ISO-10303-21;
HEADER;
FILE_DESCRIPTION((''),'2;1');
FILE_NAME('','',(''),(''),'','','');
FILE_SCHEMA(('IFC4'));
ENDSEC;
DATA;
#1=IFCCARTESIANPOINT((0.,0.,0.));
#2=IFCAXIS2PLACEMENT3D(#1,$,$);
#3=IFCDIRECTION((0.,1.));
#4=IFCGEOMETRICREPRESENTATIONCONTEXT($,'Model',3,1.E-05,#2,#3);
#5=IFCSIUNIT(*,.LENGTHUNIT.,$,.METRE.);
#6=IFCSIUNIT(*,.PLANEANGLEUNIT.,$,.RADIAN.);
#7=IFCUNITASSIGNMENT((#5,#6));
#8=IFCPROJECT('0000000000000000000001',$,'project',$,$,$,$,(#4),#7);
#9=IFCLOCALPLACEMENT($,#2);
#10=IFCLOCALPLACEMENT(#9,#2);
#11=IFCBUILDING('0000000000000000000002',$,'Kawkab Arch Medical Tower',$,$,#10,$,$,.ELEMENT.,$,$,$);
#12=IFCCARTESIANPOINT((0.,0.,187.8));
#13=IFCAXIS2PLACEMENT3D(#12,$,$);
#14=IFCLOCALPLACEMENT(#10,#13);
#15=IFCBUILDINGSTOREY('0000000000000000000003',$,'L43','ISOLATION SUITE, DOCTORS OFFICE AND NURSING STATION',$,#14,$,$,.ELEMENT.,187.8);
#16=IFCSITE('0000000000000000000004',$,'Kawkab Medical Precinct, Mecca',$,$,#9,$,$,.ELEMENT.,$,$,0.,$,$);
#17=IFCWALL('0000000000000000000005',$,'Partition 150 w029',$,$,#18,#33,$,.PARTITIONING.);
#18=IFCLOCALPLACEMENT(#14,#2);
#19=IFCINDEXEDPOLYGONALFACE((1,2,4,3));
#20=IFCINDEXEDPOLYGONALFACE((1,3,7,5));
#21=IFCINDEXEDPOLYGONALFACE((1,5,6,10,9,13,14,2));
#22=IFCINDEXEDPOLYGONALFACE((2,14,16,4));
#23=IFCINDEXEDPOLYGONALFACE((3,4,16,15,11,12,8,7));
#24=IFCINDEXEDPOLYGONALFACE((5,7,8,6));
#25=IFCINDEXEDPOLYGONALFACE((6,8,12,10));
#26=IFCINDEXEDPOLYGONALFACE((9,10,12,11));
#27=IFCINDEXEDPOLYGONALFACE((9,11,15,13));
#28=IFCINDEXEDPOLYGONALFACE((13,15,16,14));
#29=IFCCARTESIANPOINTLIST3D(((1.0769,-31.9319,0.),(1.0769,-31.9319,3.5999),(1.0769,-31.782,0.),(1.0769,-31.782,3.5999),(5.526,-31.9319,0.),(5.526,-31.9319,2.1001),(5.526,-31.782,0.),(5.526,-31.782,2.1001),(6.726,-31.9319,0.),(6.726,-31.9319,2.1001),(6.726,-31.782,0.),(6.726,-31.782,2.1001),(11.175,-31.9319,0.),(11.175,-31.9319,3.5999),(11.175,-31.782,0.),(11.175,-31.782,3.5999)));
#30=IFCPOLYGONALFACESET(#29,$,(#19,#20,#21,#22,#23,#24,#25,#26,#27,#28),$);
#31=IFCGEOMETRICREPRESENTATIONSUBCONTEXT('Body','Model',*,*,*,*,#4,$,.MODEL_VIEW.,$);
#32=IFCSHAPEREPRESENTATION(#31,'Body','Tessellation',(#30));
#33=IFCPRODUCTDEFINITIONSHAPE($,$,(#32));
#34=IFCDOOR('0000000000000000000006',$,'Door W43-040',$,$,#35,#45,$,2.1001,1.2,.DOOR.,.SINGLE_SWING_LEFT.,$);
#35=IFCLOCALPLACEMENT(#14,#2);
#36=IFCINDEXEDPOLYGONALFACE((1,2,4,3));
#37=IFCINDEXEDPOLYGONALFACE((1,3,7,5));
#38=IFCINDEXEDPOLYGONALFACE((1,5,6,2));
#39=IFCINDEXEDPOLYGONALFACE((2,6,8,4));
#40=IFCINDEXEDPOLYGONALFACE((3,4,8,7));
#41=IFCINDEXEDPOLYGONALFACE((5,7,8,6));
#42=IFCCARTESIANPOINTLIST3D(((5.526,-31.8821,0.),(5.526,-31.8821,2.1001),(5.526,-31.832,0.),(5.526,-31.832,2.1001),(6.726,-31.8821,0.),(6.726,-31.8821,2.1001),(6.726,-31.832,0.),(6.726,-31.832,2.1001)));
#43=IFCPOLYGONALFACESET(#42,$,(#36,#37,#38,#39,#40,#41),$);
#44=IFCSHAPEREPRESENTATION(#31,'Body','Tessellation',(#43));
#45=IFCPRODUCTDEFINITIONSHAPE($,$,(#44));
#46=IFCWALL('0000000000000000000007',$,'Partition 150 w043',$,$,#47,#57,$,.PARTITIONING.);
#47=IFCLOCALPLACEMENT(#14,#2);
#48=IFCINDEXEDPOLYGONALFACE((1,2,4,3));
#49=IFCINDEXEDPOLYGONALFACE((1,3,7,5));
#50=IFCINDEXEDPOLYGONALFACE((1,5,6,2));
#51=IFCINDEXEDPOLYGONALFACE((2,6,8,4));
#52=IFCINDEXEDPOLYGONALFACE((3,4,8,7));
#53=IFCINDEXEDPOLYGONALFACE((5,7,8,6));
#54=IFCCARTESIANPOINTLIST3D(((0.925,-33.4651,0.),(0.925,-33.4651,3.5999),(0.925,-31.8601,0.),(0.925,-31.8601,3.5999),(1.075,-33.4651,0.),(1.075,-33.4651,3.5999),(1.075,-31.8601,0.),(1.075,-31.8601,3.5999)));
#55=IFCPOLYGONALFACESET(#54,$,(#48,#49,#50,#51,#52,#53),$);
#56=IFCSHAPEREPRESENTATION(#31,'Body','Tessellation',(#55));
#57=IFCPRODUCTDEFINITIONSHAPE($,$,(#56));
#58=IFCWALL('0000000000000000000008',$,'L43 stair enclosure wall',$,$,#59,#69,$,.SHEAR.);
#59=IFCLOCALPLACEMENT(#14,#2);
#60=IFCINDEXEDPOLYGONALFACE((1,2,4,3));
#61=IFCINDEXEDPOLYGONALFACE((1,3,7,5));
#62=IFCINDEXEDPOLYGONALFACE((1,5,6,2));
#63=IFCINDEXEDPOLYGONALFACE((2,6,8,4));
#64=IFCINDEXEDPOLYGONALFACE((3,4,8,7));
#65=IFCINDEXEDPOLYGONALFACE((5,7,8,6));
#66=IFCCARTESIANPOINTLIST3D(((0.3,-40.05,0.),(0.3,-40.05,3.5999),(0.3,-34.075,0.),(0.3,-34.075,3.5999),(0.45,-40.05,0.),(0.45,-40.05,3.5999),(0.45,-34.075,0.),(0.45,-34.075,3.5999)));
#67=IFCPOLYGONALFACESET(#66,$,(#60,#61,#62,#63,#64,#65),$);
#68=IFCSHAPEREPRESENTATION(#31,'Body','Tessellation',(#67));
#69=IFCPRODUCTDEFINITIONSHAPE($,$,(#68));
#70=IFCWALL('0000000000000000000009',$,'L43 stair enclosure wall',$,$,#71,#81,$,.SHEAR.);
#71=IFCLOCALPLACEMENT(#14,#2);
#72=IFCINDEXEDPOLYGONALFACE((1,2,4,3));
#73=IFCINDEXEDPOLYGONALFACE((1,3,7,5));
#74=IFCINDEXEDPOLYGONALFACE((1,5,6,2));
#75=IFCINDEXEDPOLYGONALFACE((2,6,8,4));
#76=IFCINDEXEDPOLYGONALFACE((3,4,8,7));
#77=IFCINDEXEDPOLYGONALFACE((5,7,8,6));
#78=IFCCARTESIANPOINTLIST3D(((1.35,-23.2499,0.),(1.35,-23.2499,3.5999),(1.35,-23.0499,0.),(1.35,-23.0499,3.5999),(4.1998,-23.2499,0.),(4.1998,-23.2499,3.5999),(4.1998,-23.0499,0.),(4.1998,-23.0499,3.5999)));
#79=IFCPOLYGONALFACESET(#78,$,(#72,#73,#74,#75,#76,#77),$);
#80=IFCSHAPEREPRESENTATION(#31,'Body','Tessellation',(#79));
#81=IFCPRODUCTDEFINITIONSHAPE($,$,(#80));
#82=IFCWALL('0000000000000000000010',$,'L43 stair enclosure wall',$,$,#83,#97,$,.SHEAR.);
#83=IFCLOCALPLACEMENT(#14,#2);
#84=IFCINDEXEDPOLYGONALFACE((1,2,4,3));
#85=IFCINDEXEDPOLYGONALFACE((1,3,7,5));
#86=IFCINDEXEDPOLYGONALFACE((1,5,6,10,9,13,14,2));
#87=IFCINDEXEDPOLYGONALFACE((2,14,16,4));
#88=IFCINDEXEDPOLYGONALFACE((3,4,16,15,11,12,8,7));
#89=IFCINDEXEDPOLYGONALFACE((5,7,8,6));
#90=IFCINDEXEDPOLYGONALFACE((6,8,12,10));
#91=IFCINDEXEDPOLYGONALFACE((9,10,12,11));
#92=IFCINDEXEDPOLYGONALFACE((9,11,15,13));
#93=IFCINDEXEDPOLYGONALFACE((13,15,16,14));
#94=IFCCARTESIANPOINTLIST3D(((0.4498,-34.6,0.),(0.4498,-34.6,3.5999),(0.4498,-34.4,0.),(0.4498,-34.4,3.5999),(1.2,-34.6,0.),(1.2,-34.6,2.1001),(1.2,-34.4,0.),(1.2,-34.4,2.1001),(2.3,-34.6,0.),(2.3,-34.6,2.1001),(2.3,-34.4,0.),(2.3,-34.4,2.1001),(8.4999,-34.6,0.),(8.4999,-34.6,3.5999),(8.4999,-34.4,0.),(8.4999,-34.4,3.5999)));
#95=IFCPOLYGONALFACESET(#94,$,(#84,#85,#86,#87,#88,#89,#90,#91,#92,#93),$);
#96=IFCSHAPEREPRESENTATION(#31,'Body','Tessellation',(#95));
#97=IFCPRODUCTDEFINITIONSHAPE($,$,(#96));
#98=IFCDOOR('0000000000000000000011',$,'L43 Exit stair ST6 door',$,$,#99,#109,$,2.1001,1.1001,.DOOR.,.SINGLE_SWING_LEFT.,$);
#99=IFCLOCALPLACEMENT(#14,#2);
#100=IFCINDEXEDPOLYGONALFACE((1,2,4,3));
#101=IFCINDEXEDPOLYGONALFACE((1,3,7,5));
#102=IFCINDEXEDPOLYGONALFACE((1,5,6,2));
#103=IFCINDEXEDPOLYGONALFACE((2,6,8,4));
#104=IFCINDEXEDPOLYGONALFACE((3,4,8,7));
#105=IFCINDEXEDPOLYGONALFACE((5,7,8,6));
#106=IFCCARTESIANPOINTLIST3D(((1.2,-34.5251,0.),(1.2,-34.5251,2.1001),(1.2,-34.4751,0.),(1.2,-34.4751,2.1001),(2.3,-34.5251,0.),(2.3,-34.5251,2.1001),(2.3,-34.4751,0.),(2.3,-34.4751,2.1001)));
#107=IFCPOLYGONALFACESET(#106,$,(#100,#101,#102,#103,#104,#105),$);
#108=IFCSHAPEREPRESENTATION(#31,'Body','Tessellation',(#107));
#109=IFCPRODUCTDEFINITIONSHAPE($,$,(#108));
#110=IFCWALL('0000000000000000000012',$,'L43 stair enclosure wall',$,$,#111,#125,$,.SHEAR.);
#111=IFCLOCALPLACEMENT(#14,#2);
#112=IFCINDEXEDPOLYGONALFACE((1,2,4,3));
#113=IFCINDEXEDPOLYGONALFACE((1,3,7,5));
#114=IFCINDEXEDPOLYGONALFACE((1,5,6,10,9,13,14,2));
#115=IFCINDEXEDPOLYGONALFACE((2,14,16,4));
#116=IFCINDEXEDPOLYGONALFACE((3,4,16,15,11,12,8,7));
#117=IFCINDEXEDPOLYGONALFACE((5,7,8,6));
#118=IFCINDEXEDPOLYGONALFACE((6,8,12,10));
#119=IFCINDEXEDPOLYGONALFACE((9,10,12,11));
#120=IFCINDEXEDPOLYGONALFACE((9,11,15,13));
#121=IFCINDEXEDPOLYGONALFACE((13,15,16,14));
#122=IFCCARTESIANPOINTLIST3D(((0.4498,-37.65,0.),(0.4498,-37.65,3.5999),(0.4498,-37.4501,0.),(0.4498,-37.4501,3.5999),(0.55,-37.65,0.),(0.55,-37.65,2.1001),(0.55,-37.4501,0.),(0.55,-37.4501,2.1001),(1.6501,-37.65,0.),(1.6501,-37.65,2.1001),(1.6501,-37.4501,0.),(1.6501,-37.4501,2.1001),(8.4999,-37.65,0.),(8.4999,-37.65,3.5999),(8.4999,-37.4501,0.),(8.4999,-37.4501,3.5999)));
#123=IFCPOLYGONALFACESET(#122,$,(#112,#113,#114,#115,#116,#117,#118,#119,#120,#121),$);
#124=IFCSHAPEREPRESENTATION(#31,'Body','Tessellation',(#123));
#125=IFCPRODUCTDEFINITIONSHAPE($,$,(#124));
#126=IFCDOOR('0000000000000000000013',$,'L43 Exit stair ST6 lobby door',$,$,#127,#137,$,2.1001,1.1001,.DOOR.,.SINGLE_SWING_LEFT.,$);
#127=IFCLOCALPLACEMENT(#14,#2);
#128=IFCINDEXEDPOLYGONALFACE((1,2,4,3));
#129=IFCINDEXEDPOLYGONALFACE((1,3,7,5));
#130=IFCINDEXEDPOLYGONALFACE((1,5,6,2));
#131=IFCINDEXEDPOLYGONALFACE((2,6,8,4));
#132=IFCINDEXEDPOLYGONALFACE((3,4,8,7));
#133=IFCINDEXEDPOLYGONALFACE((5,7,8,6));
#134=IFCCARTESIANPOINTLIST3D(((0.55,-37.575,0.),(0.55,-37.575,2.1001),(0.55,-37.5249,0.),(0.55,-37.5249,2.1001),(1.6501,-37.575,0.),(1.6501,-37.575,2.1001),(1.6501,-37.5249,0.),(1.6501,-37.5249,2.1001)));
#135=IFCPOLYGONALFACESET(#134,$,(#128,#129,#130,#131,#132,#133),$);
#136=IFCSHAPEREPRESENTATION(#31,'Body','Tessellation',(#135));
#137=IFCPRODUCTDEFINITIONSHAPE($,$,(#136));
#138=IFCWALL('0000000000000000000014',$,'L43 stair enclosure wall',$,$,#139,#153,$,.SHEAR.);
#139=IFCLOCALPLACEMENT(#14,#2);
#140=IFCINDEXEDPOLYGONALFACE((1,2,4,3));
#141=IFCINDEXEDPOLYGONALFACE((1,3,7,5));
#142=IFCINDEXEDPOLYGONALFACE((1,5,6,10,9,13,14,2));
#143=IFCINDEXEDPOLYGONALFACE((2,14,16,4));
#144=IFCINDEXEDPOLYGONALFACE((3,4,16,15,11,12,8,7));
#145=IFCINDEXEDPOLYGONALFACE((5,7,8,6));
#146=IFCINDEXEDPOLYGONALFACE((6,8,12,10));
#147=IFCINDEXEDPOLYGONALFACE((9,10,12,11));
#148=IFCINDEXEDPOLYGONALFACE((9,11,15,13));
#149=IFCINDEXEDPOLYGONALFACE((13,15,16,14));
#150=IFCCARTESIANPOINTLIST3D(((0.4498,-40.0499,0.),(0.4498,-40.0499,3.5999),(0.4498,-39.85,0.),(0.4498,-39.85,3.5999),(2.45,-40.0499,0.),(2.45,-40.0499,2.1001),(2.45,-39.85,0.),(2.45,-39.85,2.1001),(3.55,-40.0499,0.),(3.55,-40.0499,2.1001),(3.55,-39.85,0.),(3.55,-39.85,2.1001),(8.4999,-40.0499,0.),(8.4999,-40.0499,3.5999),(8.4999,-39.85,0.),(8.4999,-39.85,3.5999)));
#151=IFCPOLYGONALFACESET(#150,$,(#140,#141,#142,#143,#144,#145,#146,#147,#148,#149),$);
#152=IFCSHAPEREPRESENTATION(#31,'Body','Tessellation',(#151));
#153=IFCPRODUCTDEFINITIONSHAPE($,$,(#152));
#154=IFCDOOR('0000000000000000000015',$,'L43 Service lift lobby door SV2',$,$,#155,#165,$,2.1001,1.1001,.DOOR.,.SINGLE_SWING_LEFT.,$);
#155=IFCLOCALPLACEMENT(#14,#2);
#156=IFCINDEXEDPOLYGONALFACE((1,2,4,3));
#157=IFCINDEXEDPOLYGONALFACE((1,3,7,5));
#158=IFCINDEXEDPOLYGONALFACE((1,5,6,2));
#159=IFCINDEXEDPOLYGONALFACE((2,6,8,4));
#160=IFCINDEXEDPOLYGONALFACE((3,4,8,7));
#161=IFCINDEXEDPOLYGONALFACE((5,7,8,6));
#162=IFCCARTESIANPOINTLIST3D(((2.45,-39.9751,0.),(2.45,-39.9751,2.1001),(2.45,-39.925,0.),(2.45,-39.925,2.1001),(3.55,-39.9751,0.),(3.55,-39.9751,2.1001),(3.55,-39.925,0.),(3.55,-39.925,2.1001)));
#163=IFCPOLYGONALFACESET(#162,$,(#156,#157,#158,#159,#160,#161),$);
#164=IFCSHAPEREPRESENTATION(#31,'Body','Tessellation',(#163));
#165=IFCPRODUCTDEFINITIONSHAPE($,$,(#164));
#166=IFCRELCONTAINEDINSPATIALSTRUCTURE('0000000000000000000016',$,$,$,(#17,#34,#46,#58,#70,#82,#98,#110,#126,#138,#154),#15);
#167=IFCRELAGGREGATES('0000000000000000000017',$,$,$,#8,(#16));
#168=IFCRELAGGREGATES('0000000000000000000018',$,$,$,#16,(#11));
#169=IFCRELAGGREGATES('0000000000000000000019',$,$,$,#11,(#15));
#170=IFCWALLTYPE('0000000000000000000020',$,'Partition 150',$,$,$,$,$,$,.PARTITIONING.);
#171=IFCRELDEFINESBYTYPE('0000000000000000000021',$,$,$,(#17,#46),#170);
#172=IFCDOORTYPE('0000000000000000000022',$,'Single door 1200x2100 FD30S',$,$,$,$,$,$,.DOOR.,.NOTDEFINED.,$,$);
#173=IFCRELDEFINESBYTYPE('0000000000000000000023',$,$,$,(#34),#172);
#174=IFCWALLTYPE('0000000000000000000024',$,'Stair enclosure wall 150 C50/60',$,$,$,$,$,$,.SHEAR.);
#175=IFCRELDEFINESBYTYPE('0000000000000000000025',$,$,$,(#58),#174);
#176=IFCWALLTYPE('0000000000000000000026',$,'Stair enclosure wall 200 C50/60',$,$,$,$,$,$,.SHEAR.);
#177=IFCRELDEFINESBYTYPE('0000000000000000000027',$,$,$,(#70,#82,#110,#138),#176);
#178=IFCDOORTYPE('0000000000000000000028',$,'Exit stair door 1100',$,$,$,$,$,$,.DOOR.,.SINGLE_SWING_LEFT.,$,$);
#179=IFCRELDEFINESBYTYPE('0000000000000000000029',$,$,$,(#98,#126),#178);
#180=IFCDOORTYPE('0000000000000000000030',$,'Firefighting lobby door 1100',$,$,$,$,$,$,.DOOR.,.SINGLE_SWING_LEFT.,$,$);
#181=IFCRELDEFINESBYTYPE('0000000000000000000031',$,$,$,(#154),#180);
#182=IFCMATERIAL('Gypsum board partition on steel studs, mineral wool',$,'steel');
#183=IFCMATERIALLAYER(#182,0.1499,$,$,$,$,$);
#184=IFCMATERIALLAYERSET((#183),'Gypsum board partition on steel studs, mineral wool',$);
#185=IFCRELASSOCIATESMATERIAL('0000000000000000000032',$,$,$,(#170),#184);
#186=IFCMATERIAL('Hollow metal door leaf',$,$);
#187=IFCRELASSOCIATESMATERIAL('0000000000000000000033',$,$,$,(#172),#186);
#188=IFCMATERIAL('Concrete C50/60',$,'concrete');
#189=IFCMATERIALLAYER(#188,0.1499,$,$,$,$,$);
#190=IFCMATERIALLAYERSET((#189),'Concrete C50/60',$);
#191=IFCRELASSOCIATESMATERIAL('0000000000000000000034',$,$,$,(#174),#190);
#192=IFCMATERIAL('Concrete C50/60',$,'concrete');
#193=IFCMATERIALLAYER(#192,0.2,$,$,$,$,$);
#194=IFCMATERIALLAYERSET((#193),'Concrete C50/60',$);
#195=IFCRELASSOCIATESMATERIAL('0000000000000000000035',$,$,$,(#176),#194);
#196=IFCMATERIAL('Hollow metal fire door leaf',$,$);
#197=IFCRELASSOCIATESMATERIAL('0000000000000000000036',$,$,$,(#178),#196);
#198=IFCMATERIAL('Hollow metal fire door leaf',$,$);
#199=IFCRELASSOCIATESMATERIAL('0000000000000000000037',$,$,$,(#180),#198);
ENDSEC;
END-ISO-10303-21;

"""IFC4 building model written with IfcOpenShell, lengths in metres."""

from ifc_helpers import new_model, si_unit, direction, frame, frame_2d, origin, place, context, subcontext, project, spatial, rectangle, extrude, material, layer, layer_set, type_object, element, fill, save


model = new_model("IFC4")

# Units and contexts
model_context = context("Model", 3, precision=1e-05, world=origin(), true_north=direction((0.0, 1.0)))
body_context = subcontext(model_context, "Body", "Model", "MODEL_VIEW")
ifc_project = project(units=[si_unit("LENGTHUNIT", "METRE"), si_unit("PLANEANGLEUNIT", "RADIAN")], contexts=[model_context])

# Site, building, storey
site_placement = place(None, origin())
site = spatial("IfcSite", under=ifc_project, at=site_placement, Name="Kawkab Medical Precinct, Mecca", CompositionType="ELEMENT", RefElevation=0.0)
building_placement = place(site_placement, origin())
building = spatial("IfcBuilding", under=site, at=building_placement, Name="Kawkab Arch Medical Tower", CompositionType="ELEMENT")
storey_placement = place(building_placement, frame((0.0, 0.0, 187.8)))
storey = spatial("IfcBuildingStorey", under=building, at=storey_placement, Name="L43", Description="ISOLATION SUITE, DOCTORS OFFICE AND NURSING STATION", CompositionType="ELEMENT", Elevation=187.8)

# Shared definitions
ifc_material_1 = material(Name="Gypsum board partition on steel studs, mineral wool", Category="steel")
ifc_layer_1 = layer(ifc_material_1, 0.1499)
ifc_layer_set_1 = layer_set([ifc_layer_1], Name="Gypsum board partition on steel studs, mineral wool")
wall_type_1 = type_object("IfcWallType", Name="Partition 150", PredefinedType="PARTITIONING", material=ifc_layer_set_1)

# Wall, opening, door
wall_1_placement = place(storey_placement, frame((1.0769, -31.8569, 0.0), z_axis=(0.0, 0.0, 1.0), x_axis=(1.0, 0.0, 0.0)))
wall_1 = element("IfcWall", 1, at=wall_1_placement, inside=storey, type_object=wall_type_1, Name="Partition 150 w029", PredefinedType="PARTITIONING", context=body_context, shape_type="SweptSolid", body=[
    extrude(rectangle(XDim=10.0981, YDim=0.1499, at=frame_2d((5.0491, 0.0))), origin(), (0.0, 0.0, 1.0), 3.5999),
])
opening_1_placement = place(wall_1_placement, frame((4.449, 0.0, 0.0)))
opening_1 = element("IfcOpeningElement", 2, at=opening_1_placement, cuts=wall_1, PredefinedType="OPENING", context=body_context, shape_type="SweptSolid", body=[
    extrude(rectangle(XDim=1.2, YDim=2.1001, at=frame_2d((0.6001, 1.05))), frame((0.0, 0.085, 0.0), z_axis=(0.0, -1.0, 0.0), x_axis=(1.0, 0.0, 0.0)), (0.0, 0.0, 1.0), 0.1699),
])
ifc_material_2 = material(Name="Hollow metal door leaf")
door_type_1 = type_object("IfcDoorType", Name="Single door 1200x2100 FD30S", OperationType="NOTDEFINED", PredefinedType="DOOR", material=ifc_material_2)
door_1_placement = place(opening_1_placement, origin())
door_1 = element("IfcDoor", 3, at=door_1_placement, inside=storey, type_object=door_type_1, Name="Door W43-040", OperationType="SINGLE_SWING_LEFT", OverallHeight=2.1001, OverallWidth=1.2, PredefinedType="DOOR", context=body_context, shape_type="SweptSolid", body=[
    extrude(rectangle(XDim=1.2, YDim=2.1001, at=frame_2d((0.6001, 1.05))), frame((0.0, 0.0249, 0.0), z_axis=(0.0, -1.0, 0.0), x_axis=(1.0, 0.0, 0.0)), (0.0, 0.0, 1.0), 0.05),
])
fill(opening_1, door_1)

# Walls
wall_2_placement = place(storey_placement, frame((1.0, -33.4651, 0.0), z_axis=(0.0, 0.0, 1.0), x_axis=(0.0, 1.0, 0.0)))
element("IfcWall", 4, at=wall_2_placement, inside=storey, type_object=wall_type_1, Name="Partition 150 w043", PredefinedType="PARTITIONING", context=body_context, shape_type="SweptSolid", body=[
    extrude(rectangle(XDim=1.605, YDim=0.1499, at=frame_2d((0.8025, 0.0))), origin(), (0.0, 0.0, 1.0), 3.5999),
])
ifc_material_3 = material(Name="Concrete C50/60", Category="concrete")
ifc_layer_2 = layer(ifc_material_3, 0.1499)
ifc_layer_set_2 = layer_set([ifc_layer_2], Name="Concrete C50/60")
wall_type_2 = type_object("IfcWallType", Name="Stair enclosure wall 150 C50/60", PredefinedType="SHEAR", material=ifc_layer_set_2)
wall_3_placement = place(storey_placement, frame((0.375, -40.05, 0.0), z_axis=(0.0, 0.0, 1.0), x_axis=(0.0, 1.0, 0.0)))
element("IfcWall", 5, at=wall_3_placement, inside=storey, type_object=wall_type_2, Name="L43 stair enclosure wall", PredefinedType="SHEAR", context=body_context, shape_type="SweptSolid", body=[
    extrude(rectangle(XDim=5.9751, YDim=0.1499, at=frame_2d((2.9875, 0.0))), origin(), (0.0, 0.0, 1.0), 3.5999),
])
ifc_material_4 = material(Name="Concrete C50/60", Category="concrete")
ifc_layer_3 = layer(ifc_material_4, 0.2)
ifc_layer_set_3 = layer_set([ifc_layer_3], Name="Concrete C50/60")
wall_type_3 = type_object("IfcWallType", Name="Stair enclosure wall 200 C50/60", PredefinedType="SHEAR", material=ifc_layer_set_3)
wall_4_placement = place(storey_placement, frame((1.3501, -23.1499, 0.0), z_axis=(0.0, 0.0, 1.0), x_axis=(1.0, 0.0, 0.0)))
element("IfcWall", 6, at=wall_4_placement, inside=storey, type_object=wall_type_3, Name="L43 stair enclosure wall", PredefinedType="SHEAR", context=body_context, shape_type="SweptSolid", body=[
    extrude(rectangle(XDim=2.8499, YDim=0.2, at=frame_2d((1.4248, 0.0))), origin(), (0.0, 0.0, 1.0), 3.5999),
])

# Walls, openings, doors
wall_5_placement = place(storey_placement, frame((0.45, -34.5, 0.0), z_axis=(0.0, 0.0, 1.0), x_axis=(1.0, 0.0, 0.0)))
wall_5 = element("IfcWall", 7, at=wall_5_placement, inside=storey, type_object=wall_type_3, Name="L43 stair enclosure wall", PredefinedType="SHEAR", context=body_context, shape_type="SweptSolid", body=[
    extrude(rectangle(XDim=8.05, YDim=0.2, at=frame_2d((4.0249, 0.0))), origin(), (0.0, 0.0, 1.0), 3.5999),
])
opening_2_placement = place(wall_5_placement, frame((0.75, 0.0, 0.0)))
opening_2 = element("IfcOpeningElement", 8, at=opening_2_placement, cuts=wall_5, PredefinedType="OPENING", context=body_context, shape_type="SweptSolid", body=[
    extrude(rectangle(XDim=1.1001, YDim=2.1001, at=frame_2d((0.55, 1.05))), frame((0.0, 0.1099, 0.0), z_axis=(0.0, -1.0, 0.0), x_axis=(1.0, 0.0, 0.0)), (0.0, 0.0, 1.0), 0.22),
])
ifc_material_5 = material(Name="Hollow metal fire door leaf")
door_type_2 = type_object("IfcDoorType", Name="Exit stair door 1100", OperationType="SINGLE_SWING_LEFT", PredefinedType="DOOR", material=ifc_material_5)
door_2_placement = place(opening_2_placement, origin())
door_2 = element("IfcDoor", 9, at=door_2_placement, inside=storey, type_object=door_type_2, Name="L43 Exit stair ST6 door", OperationType="SINGLE_SWING_LEFT", OverallHeight=2.1001, OverallWidth=1.1001, PredefinedType="DOOR", context=body_context, shape_type="SweptSolid", body=[
    extrude(rectangle(XDim=1.1001, YDim=2.1001, at=frame_2d((0.55, 1.05))), frame((0.0, 0.0249, 0.0), z_axis=(0.0, -1.0, 0.0), x_axis=(1.0, 0.0, 0.0)), (0.0, 0.0, 1.0), 0.05),
])
fill(opening_2, door_2)
wall_6_placement = place(storey_placement, frame((0.45, -37.55, 0.0), z_axis=(0.0, 0.0, 1.0), x_axis=(1.0, 0.0, 0.0)))
wall_6 = element("IfcWall", 10, at=wall_6_placement, inside=storey, type_object=wall_type_3, Name="L43 stair enclosure wall", PredefinedType="SHEAR", context=body_context, shape_type="SweptSolid", body=[
    extrude(rectangle(XDim=8.05, YDim=0.2, at=frame_2d((4.0249, 0.0))), origin(), (0.0, 0.0, 1.0), 3.5999),
])
opening_3_placement = place(wall_6_placement, frame((0.1001, 0.0, 0.0)))
opening_3 = element("IfcOpeningElement", 11, at=opening_3_placement, cuts=wall_6, PredefinedType="OPENING", context=body_context, shape_type="SweptSolid", body=[
    extrude(rectangle(XDim=1.1001, YDim=2.1001, at=frame_2d((0.55, 1.05))), frame((0.0, 0.1099, 0.0), z_axis=(0.0, -1.0, 0.0), x_axis=(1.0, 0.0, 0.0)), (0.0, 0.0, 1.0), 0.22),
])
door_3_placement = place(opening_3_placement, frame((1.1001, 0.0, 0.0), z_axis=(0.0, 0.0, 1.0), x_axis=(-1.0, 0.0, 0.0)))
door_3 = element("IfcDoor", 12, at=door_3_placement, inside=storey, type_object=door_type_2, Name="L43 Exit stair ST6 lobby door", OperationType="SINGLE_SWING_LEFT", OverallHeight=2.1001, OverallWidth=1.1001, PredefinedType="DOOR", context=body_context, shape_type="SweptSolid", body=[
    extrude(rectangle(XDim=1.1001, YDim=2.1001, at=frame_2d((0.55, 1.05))), frame((0.0, 0.0249, 0.0), z_axis=(0.0, -1.0, 0.0), x_axis=(1.0, 0.0, 0.0)), (0.0, 0.0, 1.0), 0.05),
])
fill(opening_3, door_3)
wall_7_placement = place(storey_placement, frame((0.45, -39.95, 0.0), z_axis=(0.0, 0.0, 1.0), x_axis=(1.0, 0.0, 0.0)))
wall_7 = element("IfcWall", 13, at=wall_7_placement, inside=storey, type_object=wall_type_3, Name="L43 stair enclosure wall", PredefinedType="SHEAR", context=body_context, shape_type="SweptSolid", body=[
    extrude(rectangle(XDim=8.05, YDim=0.2, at=frame_2d((4.0249, 0.0))), origin(), (0.0, 0.0, 1.0), 3.5999),
])
opening_4_placement = place(wall_7_placement, frame((2.0, 0.0, 0.0)))
opening_4 = element("IfcOpeningElement", 14, at=opening_4_placement, cuts=wall_7, PredefinedType="OPENING", context=body_context, shape_type="SweptSolid", body=[
    extrude(rectangle(XDim=1.1001, YDim=2.1001, at=frame_2d((0.55, 1.05))), frame((0.0, 0.1099, 0.0), z_axis=(0.0, -1.0, 0.0), x_axis=(1.0, 0.0, 0.0)), (0.0, 0.0, 1.0), 0.22),
])
ifc_material_6 = material(Name="Hollow metal fire door leaf")
door_type_3 = type_object("IfcDoorType", Name="Firefighting lobby door 1100", OperationType="SINGLE_SWING_LEFT", PredefinedType="DOOR", material=ifc_material_6)
door_4_placement = place(opening_4_placement, origin())
door_4 = element("IfcDoor", 15, at=door_4_placement, inside=storey, type_object=door_type_3, Name="L43 Service lift lobby door SV2", OperationType="SINGLE_SWING_LEFT", OverallHeight=2.1001, OverallWidth=1.1001, PredefinedType="DOOR", context=body_context, shape_type="SweptSolid", body=[
    extrude(rectangle(XDim=1.1001, YDim=2.1001, at=frame_2d((0.55, 1.05))), frame((0.0, 0.0249, 0.0), z_axis=(0.0, -1.0, 0.0), x_axis=(1.0, 0.0, 0.0)), (0.0, 0.0, 1.0), 0.05),
])
fill(opening_4, door_4)

save(model, "model.ifc")
